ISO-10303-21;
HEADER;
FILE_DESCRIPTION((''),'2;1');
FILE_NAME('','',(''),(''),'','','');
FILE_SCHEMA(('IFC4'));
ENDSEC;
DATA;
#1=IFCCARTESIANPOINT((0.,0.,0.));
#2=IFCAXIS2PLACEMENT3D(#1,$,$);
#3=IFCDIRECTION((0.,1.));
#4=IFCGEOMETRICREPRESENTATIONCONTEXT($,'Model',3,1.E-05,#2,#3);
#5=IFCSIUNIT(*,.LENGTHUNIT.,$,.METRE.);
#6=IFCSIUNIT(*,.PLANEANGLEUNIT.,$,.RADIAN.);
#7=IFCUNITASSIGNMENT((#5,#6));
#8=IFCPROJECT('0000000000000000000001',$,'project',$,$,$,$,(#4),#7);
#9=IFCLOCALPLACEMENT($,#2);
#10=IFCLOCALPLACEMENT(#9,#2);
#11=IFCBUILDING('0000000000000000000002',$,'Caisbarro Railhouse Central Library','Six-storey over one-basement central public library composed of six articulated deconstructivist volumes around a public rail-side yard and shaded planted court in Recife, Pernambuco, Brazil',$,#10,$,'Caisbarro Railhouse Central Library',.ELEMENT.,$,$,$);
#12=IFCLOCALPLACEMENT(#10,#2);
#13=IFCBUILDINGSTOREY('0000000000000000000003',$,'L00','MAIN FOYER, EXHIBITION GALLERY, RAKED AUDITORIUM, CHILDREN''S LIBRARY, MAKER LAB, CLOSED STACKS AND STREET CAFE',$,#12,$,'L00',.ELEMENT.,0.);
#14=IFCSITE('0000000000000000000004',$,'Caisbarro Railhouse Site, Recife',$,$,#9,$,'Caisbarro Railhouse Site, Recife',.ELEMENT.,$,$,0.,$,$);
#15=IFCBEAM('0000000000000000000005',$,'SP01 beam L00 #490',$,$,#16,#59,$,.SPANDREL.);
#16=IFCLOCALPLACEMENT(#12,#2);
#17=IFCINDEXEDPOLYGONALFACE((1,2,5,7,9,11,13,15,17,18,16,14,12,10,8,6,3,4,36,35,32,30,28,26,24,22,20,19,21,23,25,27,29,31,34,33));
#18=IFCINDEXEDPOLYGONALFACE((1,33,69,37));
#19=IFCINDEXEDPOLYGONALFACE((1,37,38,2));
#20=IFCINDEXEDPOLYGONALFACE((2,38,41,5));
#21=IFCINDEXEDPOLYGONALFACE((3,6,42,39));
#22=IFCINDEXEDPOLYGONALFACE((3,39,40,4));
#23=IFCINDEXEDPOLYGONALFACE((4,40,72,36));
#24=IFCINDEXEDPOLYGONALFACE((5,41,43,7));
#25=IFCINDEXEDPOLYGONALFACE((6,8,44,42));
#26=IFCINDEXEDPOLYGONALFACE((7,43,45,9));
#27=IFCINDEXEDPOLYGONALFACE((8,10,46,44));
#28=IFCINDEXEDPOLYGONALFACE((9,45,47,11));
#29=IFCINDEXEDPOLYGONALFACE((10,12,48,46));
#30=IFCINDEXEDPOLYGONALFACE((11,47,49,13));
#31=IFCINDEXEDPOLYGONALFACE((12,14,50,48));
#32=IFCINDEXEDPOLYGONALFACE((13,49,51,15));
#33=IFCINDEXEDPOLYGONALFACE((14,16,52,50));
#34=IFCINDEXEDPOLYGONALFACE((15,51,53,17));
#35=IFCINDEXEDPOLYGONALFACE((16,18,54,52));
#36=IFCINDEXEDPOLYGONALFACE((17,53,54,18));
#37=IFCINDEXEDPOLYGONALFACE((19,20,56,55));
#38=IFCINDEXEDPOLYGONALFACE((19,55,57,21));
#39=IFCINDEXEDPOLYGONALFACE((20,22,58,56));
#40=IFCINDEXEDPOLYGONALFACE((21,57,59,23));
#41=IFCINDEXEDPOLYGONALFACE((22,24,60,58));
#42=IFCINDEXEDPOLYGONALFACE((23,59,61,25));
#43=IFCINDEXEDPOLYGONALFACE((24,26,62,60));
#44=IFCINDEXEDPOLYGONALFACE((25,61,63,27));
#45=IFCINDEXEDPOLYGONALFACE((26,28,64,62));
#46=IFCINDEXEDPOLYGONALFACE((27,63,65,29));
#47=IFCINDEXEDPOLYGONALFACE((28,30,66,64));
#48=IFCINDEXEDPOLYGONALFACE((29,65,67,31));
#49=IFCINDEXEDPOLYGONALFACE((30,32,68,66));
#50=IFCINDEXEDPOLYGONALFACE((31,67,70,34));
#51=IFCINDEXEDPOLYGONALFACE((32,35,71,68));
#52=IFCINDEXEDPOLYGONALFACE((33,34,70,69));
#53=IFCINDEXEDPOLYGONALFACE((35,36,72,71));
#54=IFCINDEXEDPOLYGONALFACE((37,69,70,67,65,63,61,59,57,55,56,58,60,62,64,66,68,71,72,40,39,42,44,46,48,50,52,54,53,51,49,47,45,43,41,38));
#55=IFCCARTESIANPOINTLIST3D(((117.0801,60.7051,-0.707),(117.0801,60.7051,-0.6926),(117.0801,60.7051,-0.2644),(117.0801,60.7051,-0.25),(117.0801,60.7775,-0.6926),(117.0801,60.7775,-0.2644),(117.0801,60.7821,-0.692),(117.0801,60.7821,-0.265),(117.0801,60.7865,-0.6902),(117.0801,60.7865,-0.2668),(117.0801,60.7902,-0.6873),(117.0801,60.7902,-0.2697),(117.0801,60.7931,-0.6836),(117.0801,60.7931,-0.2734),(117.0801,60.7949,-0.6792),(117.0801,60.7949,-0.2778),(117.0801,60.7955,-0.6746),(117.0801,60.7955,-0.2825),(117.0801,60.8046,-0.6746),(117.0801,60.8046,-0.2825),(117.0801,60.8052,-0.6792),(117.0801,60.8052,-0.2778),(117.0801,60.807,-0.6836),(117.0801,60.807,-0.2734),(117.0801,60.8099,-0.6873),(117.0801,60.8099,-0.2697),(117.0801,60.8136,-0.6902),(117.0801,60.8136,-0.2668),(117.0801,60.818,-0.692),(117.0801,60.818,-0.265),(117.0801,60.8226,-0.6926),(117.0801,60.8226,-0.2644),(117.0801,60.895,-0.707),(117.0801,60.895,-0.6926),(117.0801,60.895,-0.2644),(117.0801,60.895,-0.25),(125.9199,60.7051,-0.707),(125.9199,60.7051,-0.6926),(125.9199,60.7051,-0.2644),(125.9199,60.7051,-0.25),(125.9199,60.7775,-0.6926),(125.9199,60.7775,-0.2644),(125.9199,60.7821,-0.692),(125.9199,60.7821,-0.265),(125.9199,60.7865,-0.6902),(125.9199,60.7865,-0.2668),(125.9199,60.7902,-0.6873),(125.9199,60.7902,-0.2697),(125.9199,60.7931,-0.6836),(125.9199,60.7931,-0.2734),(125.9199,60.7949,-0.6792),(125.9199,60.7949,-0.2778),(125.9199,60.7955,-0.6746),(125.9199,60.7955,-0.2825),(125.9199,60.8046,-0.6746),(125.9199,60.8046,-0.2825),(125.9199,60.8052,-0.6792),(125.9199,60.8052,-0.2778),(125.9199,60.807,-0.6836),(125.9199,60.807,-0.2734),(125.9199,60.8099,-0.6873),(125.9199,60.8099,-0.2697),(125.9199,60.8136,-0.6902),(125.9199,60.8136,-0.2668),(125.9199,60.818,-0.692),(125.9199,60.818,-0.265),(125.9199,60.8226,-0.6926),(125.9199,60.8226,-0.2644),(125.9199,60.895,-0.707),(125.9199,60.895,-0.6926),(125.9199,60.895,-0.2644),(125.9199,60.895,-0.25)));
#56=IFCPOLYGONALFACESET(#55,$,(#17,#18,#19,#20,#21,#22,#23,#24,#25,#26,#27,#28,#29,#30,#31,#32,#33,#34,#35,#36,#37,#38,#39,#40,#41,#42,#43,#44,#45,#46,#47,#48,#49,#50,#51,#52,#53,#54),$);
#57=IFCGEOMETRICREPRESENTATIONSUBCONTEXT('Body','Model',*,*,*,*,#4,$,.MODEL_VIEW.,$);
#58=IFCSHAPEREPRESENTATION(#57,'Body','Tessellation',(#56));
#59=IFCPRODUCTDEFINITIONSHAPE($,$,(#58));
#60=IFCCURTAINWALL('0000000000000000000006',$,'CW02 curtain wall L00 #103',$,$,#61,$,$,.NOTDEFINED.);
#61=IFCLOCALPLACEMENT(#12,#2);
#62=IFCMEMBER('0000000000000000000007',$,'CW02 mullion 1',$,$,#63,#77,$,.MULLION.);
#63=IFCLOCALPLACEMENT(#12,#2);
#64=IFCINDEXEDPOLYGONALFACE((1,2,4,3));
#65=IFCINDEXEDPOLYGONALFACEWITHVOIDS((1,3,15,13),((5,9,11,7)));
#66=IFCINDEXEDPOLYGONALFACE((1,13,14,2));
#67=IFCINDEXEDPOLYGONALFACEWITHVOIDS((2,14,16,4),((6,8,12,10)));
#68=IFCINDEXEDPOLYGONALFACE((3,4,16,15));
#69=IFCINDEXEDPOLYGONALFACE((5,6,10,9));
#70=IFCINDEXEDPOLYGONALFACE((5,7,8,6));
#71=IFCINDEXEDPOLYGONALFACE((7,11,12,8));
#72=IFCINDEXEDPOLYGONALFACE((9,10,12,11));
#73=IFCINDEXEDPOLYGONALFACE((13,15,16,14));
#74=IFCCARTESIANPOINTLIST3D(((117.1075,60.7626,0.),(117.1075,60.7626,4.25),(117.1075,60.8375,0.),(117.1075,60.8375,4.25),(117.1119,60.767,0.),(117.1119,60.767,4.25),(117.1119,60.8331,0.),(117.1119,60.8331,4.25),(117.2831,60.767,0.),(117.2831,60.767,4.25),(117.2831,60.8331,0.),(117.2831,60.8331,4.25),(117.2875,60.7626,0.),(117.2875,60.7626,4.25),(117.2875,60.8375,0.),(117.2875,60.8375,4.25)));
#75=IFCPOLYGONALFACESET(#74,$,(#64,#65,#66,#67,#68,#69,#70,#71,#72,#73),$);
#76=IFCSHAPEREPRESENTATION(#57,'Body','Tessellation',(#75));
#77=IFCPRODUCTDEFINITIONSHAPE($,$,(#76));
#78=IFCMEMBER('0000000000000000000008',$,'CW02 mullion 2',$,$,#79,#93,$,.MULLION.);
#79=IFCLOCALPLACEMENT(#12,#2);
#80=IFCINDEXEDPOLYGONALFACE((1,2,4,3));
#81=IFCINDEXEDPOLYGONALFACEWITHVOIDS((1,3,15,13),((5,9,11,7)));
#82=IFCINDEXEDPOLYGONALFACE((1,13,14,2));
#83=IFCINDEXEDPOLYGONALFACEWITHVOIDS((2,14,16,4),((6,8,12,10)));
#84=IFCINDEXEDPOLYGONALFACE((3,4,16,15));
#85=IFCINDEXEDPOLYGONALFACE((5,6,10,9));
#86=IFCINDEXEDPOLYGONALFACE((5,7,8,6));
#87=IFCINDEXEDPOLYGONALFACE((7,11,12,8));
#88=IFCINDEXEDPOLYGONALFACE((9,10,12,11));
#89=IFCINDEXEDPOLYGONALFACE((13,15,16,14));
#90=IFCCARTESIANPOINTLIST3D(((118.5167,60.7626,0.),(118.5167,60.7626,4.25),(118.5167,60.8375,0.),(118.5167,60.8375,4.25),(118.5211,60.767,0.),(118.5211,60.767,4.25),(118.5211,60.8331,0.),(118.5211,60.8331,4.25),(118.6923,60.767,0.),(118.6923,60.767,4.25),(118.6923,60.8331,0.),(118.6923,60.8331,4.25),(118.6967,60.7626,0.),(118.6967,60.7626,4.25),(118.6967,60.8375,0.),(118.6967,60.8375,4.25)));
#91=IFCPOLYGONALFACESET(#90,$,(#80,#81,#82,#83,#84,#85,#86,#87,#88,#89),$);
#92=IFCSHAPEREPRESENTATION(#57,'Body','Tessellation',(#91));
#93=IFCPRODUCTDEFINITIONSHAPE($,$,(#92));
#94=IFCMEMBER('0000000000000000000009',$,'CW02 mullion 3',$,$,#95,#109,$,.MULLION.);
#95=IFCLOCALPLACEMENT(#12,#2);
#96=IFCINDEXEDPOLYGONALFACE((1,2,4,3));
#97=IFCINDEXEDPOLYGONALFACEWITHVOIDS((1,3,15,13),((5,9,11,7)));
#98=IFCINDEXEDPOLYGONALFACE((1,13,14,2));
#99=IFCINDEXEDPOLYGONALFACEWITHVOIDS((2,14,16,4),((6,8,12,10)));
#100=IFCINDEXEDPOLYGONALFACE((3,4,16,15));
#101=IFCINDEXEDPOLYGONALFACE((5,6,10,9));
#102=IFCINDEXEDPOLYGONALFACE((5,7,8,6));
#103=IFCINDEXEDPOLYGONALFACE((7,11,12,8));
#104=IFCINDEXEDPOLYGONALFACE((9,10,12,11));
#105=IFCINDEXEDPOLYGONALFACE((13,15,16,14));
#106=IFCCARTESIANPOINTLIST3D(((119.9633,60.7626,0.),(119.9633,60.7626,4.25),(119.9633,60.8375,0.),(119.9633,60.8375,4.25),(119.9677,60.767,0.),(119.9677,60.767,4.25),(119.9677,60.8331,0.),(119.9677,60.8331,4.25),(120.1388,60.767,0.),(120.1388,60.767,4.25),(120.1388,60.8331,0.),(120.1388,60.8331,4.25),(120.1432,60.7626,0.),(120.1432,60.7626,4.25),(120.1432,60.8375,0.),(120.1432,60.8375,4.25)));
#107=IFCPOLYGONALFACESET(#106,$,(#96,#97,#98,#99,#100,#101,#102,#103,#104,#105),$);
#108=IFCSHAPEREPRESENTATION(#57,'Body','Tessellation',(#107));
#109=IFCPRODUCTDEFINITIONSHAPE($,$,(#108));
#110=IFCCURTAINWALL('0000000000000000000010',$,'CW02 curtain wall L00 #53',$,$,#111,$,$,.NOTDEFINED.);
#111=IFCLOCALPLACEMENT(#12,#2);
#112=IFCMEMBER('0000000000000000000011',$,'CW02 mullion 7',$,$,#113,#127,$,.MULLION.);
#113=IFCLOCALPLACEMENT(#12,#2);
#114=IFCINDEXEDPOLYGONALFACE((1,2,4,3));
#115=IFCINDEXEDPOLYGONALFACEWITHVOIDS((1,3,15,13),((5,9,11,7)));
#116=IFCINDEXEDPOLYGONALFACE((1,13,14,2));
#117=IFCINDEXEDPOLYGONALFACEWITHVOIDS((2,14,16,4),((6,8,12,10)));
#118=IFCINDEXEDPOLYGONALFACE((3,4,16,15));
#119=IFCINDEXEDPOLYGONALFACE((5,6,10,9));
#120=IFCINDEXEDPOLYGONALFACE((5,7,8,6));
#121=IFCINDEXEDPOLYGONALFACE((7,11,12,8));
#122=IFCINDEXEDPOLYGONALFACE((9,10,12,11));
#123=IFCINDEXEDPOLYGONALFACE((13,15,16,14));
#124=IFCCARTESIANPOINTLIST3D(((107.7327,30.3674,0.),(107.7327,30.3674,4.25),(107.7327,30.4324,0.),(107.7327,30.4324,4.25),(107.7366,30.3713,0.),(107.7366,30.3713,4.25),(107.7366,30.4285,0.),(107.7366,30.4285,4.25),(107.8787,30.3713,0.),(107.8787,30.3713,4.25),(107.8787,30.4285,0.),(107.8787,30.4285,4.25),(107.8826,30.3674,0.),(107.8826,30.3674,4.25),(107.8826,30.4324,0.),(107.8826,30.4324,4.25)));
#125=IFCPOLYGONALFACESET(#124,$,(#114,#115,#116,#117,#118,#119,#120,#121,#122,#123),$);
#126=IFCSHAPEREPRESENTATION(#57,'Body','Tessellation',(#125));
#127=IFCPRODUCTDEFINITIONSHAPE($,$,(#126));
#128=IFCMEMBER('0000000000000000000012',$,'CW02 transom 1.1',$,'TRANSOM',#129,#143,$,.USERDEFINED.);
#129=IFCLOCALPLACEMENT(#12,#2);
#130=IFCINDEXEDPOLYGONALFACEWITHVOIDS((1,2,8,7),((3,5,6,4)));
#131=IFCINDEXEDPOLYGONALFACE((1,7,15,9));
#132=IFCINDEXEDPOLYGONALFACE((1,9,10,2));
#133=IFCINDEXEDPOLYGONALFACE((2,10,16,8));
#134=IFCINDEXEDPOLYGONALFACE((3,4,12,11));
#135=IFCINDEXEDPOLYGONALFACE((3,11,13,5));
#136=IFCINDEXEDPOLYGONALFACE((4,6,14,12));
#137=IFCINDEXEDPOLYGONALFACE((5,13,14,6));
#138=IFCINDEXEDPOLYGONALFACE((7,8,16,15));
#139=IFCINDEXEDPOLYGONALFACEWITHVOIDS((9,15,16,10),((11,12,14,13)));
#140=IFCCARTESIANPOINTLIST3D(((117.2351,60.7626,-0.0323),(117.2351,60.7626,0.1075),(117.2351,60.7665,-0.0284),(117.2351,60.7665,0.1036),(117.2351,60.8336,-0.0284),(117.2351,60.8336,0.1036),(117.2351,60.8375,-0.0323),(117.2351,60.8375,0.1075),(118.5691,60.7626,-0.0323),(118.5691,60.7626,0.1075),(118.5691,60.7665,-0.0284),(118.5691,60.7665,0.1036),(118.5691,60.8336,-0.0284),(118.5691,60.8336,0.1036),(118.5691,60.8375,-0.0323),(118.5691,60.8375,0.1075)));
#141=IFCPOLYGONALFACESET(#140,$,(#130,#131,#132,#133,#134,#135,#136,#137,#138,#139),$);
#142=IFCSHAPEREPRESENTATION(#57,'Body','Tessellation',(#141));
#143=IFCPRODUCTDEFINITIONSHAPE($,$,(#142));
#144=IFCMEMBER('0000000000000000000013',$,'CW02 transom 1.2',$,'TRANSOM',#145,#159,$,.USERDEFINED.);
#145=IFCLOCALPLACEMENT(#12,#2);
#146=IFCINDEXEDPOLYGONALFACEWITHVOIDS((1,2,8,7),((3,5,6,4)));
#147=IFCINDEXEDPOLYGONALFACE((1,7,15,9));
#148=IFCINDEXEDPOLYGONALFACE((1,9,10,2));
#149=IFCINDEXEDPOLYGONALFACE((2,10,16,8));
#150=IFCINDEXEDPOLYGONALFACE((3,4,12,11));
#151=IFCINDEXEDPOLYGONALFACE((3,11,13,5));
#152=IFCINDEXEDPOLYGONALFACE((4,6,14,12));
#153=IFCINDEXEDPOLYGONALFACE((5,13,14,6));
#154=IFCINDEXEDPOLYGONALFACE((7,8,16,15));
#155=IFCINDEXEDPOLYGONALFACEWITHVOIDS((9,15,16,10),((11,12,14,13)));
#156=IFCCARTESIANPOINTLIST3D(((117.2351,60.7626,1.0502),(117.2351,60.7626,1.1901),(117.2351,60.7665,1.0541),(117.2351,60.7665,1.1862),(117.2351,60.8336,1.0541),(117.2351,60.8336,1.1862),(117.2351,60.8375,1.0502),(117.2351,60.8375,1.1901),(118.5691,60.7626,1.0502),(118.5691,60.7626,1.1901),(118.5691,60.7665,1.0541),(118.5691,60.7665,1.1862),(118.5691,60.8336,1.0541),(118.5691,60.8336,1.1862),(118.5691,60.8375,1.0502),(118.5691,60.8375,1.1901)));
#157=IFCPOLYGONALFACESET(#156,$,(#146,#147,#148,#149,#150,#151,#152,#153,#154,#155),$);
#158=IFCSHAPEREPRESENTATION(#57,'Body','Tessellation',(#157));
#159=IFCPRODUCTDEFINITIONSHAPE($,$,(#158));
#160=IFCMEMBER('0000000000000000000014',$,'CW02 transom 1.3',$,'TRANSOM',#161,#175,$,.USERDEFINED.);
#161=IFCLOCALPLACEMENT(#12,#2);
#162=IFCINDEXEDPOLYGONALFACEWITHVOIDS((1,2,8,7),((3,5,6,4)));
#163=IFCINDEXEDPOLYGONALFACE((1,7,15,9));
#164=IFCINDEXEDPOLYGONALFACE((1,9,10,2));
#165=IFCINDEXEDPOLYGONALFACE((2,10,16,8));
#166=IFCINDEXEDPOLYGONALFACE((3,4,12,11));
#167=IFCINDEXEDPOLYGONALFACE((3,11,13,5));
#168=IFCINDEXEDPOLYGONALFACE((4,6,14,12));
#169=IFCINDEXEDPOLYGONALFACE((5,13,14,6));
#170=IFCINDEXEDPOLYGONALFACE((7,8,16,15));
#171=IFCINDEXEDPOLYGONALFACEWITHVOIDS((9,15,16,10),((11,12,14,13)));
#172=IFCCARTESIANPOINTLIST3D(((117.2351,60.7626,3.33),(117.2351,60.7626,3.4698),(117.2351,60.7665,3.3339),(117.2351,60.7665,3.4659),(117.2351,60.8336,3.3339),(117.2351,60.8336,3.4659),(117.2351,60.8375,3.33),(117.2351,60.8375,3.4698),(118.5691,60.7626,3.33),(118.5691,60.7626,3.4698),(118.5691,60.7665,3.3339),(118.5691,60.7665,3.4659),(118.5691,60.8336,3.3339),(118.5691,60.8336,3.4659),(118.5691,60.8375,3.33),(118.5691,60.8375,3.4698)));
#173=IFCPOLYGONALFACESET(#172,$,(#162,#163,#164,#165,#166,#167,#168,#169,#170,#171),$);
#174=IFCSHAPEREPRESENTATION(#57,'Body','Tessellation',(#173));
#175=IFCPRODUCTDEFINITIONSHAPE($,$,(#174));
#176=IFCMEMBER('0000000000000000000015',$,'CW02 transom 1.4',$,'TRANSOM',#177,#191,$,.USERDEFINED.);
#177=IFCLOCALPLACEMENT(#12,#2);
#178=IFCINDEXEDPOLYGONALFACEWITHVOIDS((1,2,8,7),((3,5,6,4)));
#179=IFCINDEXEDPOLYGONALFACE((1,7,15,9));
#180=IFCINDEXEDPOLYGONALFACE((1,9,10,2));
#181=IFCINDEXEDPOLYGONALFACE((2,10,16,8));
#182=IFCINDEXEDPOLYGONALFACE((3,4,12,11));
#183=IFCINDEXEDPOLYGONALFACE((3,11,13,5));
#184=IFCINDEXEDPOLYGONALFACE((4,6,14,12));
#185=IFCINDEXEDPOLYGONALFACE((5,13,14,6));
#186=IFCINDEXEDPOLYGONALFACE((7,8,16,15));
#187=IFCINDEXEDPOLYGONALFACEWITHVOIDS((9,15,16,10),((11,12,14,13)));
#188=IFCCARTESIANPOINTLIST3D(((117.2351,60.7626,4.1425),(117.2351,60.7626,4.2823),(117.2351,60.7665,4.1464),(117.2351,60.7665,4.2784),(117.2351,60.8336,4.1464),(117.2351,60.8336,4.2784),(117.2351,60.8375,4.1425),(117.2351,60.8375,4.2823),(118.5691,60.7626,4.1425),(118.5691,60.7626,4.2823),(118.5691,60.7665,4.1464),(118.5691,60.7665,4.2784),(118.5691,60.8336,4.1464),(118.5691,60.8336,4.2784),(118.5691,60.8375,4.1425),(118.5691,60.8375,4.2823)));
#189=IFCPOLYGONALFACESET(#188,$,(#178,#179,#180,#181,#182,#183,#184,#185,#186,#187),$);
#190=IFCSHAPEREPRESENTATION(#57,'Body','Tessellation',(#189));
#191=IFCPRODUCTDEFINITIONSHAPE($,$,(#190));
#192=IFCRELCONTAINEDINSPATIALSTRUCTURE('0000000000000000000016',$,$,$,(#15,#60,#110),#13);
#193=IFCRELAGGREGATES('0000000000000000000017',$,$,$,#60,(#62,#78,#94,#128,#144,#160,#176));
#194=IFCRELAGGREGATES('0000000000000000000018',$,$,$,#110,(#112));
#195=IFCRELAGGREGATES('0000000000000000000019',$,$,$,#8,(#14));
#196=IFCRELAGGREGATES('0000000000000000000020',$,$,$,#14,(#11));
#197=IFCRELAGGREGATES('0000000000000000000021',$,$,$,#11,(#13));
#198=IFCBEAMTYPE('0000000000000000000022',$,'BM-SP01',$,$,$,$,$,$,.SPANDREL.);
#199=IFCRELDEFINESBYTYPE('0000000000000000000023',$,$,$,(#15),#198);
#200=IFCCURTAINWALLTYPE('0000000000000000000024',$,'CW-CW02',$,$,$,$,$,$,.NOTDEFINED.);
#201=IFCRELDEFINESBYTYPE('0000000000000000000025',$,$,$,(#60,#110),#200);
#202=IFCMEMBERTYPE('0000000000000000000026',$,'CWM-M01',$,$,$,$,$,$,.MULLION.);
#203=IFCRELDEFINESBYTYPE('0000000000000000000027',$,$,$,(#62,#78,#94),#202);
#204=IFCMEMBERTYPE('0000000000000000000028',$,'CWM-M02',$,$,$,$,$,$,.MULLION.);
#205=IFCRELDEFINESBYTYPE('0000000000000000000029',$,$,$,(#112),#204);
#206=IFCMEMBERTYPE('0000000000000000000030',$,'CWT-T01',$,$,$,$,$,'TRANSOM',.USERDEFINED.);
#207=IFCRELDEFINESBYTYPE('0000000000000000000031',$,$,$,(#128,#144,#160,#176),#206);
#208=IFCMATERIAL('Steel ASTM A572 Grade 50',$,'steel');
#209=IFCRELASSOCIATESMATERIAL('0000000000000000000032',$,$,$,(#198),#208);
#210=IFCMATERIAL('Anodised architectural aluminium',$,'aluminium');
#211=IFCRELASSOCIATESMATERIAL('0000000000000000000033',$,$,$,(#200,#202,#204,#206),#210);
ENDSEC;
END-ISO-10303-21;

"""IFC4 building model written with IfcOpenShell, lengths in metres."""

from ifc_helpers import new_model, si_unit, direction, frame, origin, origin_2d, place, context, subcontext, project, spatial, hollow_rectangle, i_section, extrude, material, material_profile, profile_set, type_object, element, aggregate, save


model = new_model("IFC4")

# Units and contexts
model_context = context("Model", 3, precision=1e-05, world=origin(), true_north=direction((0.0, 1.0)))
body_context = subcontext(model_context, "Body", "Model", "MODEL_VIEW")
ifc_project = project(units=[si_unit("LENGTHUNIT", "METRE"), si_unit("PLANEANGLEUNIT", "RADIAN")], contexts=[model_context])

# Site, building, storey
site_placement = place(None, origin())
site = spatial("IfcSite", under=ifc_project, at=site_placement, Name="Caisbarro Railhouse Site, Recife", LongName="Caisbarro Railhouse Site, Recife", CompositionType="ELEMENT", RefElevation=0.0)
building_placement = place(site_placement, origin())
building = spatial("IfcBuilding", under=site, at=building_placement, Name="Caisbarro Railhouse Central Library", Description="Six-storey over one-basement central public library composed of six articulated deconstructivist volumes around a public rail-side yard and shaded planted court in Recife, Pernambuco, Brazil", LongName="Caisbarro Railhouse Central Library", CompositionType="ELEMENT")
storey_placement = place(building_placement, origin())
storey = spatial("IfcBuildingStorey", under=building, at=storey_placement, Name="L00", Description="MAIN FOYER, EXHIBITION GALLERY, RAKED AUDITORIUM, CHILDREN'S LIBRARY, MAKER LAB, CLOSED STACKS AND STREET CAFE", LongName="L00", CompositionType="ELEMENT", Elevation=0.0)

# Shared definitions
ifc_material_1 = material(Name="Steel ASTM A572 Grade 50", Category="steel")

# Beam
ifc_material_profile_1 = material_profile(ifc_material_1, i_section(OverallWidth=0.1899, OverallDepth=0.457, WebThickness=0.009, FlangeThickness=0.0144, FilletRadius=0.0181, at=origin_2d()), Name="W460X74.0")
ifc_profile_set_1 = profile_set([ifc_material_profile_1], Name="Steel ASTM A572 Grade 50")
beam_type_1 = type_object("IfcBeamType", Name="BM-SP01", PredefinedType="SPANDREL", material=ifc_profile_set_1)
beam_1_placement = place(storey_placement, frame((117.0801, 60.8, -0.4785), z_axis=(1.0, 0.0, 0.0), x_axis=(0.0, 1.0, 0.0)))
element("IfcBeam", 1, at=beam_1_placement, inside=storey, type_object=beam_type_1, Name="SP01 beam L00 #490", PredefinedType="SPANDREL", context=body_context, shape_type="SweptSolid", body=[
    extrude(i_section(OverallWidth=0.1899, OverallDepth=0.457, WebThickness=0.009, FlangeThickness=0.0144, FilletRadius=0.0181, at=origin_2d()), origin(), (0.0, 0.0, 1.0), 8.8398),
])

# Curtain wall, members
ifc_material_2 = material(Name="Anodised architectural aluminium", Category="aluminium")
curtain_wall_type = type_object("IfcCurtainWallType", Name="CW-CW02", PredefinedType="NOTDEFINED", material=ifc_material_2)
curtain_wall_1_placement = place(storey_placement, origin())
curtain_wall_1 = element("IfcCurtainWall", 2, at=curtain_wall_1_placement, inside=storey, type_object=curtain_wall_type, Name="CW02 curtain wall L00 #103", PredefinedType="NOTDEFINED")
ifc_material_profile_2 = material_profile(ifc_material_2, hollow_rectangle(XDim=0.075, YDim=0.1799, WallThickness=0.0044, at=origin_2d()), Name="ALU-MUL-75X180")
ifc_profile_set_2 = profile_set([ifc_material_profile_2], Name="Anodised architectural aluminium")
member_type_1 = type_object("IfcMemberType", Name="CWM-M01", PredefinedType="MULLION", material=ifc_profile_set_2)
member_1_placement = place(storey_placement, frame((117.1975, 60.8, 0.0), z_axis=(0.0, 0.0, 1.0), x_axis=(0.0, 1.0, 0.0)))
member_1 = element("IfcMember", 3, at=member_1_placement, type_object=member_type_1, Name="CW02 mullion 1", PredefinedType="MULLION", context=body_context, shape_type="SweptSolid", body=[
    extrude(hollow_rectangle(XDim=0.075, YDim=0.1799, WallThickness=0.0044, at=origin_2d()), origin(), (0.0, 0.0, 1.0), 4.25),
])
member_2_placement = place(storey_placement, frame((118.6067, 60.8, 0.0), z_axis=(0.0, 0.0, 1.0), x_axis=(0.0, 1.0, 0.0)))
member_2 = element("IfcMember", 4, at=member_2_placement, type_object=member_type_1, Name="CW02 mullion 2", PredefinedType="MULLION", context=body_context, shape_type="SweptSolid", body=[
    extrude(hollow_rectangle(XDim=0.075, YDim=0.1799, WallThickness=0.0044, at=origin_2d()), origin(), (0.0, 0.0, 1.0), 4.25),
])
member_3_placement = place(storey_placement, frame((120.0532, 60.8, 0.0), z_axis=(0.0, 0.0, 1.0), x_axis=(0.0, 1.0, 0.0)))
member_3 = element("IfcMember", 5, at=member_3_placement, type_object=member_type_1, Name="CW02 mullion 3", PredefinedType="MULLION", context=body_context, shape_type="SweptSolid", body=[
    extrude(hollow_rectangle(XDim=0.075, YDim=0.1799, WallThickness=0.0044, at=origin_2d()), origin(), (0.0, 0.0, 1.0), 4.25),
])

# Curtain wall, member
curtain_wall_2_placement = place(storey_placement, origin())
curtain_wall_2 = element("IfcCurtainWall", 6, at=curtain_wall_2_placement, inside=storey, type_object=curtain_wall_type, Name="CW02 curtain wall L00 #53", PredefinedType="NOTDEFINED")
ifc_material_profile_3 = material_profile(ifc_material_2, hollow_rectangle(XDim=0.0649, YDim=0.1499, WallThickness=0.0039, at=origin_2d()), Name="ALU-MUL-65X150")
ifc_profile_set_3 = profile_set([ifc_material_profile_3], Name="Anodised architectural aluminium")
member_type_2 = type_object("IfcMemberType", Name="CWM-M02", PredefinedType="MULLION", material=ifc_profile_set_3)
member_4_placement = place(storey_placement, frame((107.8076, 30.3999, 0.0), z_axis=(0.0, 0.0, 1.0), x_axis=(0.0, 1.0, 0.0)))
member_4 = element("IfcMember", 7, at=member_4_placement, type_object=member_type_2, Name="CW02 mullion 7", PredefinedType="MULLION", context=body_context, shape_type="SweptSolid", body=[
    extrude(hollow_rectangle(XDim=0.0649, YDim=0.1499, WallThickness=0.0039, at=origin_2d()), origin(), (0.0, 0.0, 1.0), 4.25),
])

# Members
ifc_material_profile_4 = material_profile(ifc_material_2, hollow_rectangle(XDim=0.075, YDim=0.1399, WallThickness=0.0039, at=origin_2d()), Name="ALU-TRN-75X140")
ifc_profile_set_4 = profile_set([ifc_material_profile_4], Name="Anodised architectural aluminium")
member_type_3 = type_object("IfcMemberType", Name="CWT-T01", ElementType="TRANSOM", PredefinedType="USERDEFINED", material=ifc_profile_set_4)
member_5_placement = place(storey_placement, frame((117.2351, 60.8, 0.0376), z_axis=(1.0, 0.0, 0.0), x_axis=(0.0, 1.0, 0.0)))
member_5 = element("IfcMember", 8, at=member_5_placement, type_object=member_type_3, Name="CW02 transom 1.1", ObjectType="TRANSOM", PredefinedType="USERDEFINED", context=body_context, shape_type="SweptSolid", body=[
    extrude(hollow_rectangle(XDim=0.075, YDim=0.1399, WallThickness=0.0039, at=origin_2d()), origin(), (0.0, 0.0, 1.0), 1.334),
])
member_6_placement = place(storey_placement, frame((117.2351, 60.8, 1.1201), z_axis=(1.0, 0.0, 0.0), x_axis=(0.0, 1.0, 0.0)))
member_6 = element("IfcMember", 9, at=member_6_placement, type_object=member_type_3, Name="CW02 transom 1.2", ObjectType="TRANSOM", PredefinedType="USERDEFINED", context=body_context, shape_type="SweptSolid", body=[
    extrude(hollow_rectangle(XDim=0.075, YDim=0.1399, WallThickness=0.0039, at=origin_2d()), origin(), (0.0, 0.0, 1.0), 1.334),
])
member_7_placement = place(storey_placement, frame((117.2351, 60.8, 3.3999), z_axis=(1.0, 0.0, 0.0), x_axis=(0.0, 1.0, 0.0)))
member_7 = element("IfcMember", 10, at=member_7_placement, type_object=member_type_3, Name="CW02 transom 1.3", ObjectType="TRANSOM", PredefinedType="USERDEFINED", context=body_context, shape_type="SweptSolid", body=[
    extrude(hollow_rectangle(XDim=0.075, YDim=0.1399, WallThickness=0.0039, at=origin_2d()), origin(), (0.0, 0.0, 1.0), 1.334),
])
member_8_placement = place(storey_placement, frame((117.2351, 60.8, 4.2124), z_axis=(1.0, 0.0, 0.0), x_axis=(0.0, 1.0, 0.0)))
member_8 = element("IfcMember", 11, at=member_8_placement, type_object=member_type_3, Name="CW02 transom 1.4", ObjectType="TRANSOM", PredefinedType="USERDEFINED", context=body_context, shape_type="SweptSolid", body=[
    extrude(hollow_rectangle(XDim=0.075, YDim=0.1399, WallThickness=0.0039, at=origin_2d()), origin(), (0.0, 0.0, 1.0), 1.334),
])

aggregate(curtain_wall_1, [member_1, member_2, member_3, member_5, member_6, member_7, member_8])
aggregate(curtain_wall_2, [member_4])

save(model, "model.ifc")
